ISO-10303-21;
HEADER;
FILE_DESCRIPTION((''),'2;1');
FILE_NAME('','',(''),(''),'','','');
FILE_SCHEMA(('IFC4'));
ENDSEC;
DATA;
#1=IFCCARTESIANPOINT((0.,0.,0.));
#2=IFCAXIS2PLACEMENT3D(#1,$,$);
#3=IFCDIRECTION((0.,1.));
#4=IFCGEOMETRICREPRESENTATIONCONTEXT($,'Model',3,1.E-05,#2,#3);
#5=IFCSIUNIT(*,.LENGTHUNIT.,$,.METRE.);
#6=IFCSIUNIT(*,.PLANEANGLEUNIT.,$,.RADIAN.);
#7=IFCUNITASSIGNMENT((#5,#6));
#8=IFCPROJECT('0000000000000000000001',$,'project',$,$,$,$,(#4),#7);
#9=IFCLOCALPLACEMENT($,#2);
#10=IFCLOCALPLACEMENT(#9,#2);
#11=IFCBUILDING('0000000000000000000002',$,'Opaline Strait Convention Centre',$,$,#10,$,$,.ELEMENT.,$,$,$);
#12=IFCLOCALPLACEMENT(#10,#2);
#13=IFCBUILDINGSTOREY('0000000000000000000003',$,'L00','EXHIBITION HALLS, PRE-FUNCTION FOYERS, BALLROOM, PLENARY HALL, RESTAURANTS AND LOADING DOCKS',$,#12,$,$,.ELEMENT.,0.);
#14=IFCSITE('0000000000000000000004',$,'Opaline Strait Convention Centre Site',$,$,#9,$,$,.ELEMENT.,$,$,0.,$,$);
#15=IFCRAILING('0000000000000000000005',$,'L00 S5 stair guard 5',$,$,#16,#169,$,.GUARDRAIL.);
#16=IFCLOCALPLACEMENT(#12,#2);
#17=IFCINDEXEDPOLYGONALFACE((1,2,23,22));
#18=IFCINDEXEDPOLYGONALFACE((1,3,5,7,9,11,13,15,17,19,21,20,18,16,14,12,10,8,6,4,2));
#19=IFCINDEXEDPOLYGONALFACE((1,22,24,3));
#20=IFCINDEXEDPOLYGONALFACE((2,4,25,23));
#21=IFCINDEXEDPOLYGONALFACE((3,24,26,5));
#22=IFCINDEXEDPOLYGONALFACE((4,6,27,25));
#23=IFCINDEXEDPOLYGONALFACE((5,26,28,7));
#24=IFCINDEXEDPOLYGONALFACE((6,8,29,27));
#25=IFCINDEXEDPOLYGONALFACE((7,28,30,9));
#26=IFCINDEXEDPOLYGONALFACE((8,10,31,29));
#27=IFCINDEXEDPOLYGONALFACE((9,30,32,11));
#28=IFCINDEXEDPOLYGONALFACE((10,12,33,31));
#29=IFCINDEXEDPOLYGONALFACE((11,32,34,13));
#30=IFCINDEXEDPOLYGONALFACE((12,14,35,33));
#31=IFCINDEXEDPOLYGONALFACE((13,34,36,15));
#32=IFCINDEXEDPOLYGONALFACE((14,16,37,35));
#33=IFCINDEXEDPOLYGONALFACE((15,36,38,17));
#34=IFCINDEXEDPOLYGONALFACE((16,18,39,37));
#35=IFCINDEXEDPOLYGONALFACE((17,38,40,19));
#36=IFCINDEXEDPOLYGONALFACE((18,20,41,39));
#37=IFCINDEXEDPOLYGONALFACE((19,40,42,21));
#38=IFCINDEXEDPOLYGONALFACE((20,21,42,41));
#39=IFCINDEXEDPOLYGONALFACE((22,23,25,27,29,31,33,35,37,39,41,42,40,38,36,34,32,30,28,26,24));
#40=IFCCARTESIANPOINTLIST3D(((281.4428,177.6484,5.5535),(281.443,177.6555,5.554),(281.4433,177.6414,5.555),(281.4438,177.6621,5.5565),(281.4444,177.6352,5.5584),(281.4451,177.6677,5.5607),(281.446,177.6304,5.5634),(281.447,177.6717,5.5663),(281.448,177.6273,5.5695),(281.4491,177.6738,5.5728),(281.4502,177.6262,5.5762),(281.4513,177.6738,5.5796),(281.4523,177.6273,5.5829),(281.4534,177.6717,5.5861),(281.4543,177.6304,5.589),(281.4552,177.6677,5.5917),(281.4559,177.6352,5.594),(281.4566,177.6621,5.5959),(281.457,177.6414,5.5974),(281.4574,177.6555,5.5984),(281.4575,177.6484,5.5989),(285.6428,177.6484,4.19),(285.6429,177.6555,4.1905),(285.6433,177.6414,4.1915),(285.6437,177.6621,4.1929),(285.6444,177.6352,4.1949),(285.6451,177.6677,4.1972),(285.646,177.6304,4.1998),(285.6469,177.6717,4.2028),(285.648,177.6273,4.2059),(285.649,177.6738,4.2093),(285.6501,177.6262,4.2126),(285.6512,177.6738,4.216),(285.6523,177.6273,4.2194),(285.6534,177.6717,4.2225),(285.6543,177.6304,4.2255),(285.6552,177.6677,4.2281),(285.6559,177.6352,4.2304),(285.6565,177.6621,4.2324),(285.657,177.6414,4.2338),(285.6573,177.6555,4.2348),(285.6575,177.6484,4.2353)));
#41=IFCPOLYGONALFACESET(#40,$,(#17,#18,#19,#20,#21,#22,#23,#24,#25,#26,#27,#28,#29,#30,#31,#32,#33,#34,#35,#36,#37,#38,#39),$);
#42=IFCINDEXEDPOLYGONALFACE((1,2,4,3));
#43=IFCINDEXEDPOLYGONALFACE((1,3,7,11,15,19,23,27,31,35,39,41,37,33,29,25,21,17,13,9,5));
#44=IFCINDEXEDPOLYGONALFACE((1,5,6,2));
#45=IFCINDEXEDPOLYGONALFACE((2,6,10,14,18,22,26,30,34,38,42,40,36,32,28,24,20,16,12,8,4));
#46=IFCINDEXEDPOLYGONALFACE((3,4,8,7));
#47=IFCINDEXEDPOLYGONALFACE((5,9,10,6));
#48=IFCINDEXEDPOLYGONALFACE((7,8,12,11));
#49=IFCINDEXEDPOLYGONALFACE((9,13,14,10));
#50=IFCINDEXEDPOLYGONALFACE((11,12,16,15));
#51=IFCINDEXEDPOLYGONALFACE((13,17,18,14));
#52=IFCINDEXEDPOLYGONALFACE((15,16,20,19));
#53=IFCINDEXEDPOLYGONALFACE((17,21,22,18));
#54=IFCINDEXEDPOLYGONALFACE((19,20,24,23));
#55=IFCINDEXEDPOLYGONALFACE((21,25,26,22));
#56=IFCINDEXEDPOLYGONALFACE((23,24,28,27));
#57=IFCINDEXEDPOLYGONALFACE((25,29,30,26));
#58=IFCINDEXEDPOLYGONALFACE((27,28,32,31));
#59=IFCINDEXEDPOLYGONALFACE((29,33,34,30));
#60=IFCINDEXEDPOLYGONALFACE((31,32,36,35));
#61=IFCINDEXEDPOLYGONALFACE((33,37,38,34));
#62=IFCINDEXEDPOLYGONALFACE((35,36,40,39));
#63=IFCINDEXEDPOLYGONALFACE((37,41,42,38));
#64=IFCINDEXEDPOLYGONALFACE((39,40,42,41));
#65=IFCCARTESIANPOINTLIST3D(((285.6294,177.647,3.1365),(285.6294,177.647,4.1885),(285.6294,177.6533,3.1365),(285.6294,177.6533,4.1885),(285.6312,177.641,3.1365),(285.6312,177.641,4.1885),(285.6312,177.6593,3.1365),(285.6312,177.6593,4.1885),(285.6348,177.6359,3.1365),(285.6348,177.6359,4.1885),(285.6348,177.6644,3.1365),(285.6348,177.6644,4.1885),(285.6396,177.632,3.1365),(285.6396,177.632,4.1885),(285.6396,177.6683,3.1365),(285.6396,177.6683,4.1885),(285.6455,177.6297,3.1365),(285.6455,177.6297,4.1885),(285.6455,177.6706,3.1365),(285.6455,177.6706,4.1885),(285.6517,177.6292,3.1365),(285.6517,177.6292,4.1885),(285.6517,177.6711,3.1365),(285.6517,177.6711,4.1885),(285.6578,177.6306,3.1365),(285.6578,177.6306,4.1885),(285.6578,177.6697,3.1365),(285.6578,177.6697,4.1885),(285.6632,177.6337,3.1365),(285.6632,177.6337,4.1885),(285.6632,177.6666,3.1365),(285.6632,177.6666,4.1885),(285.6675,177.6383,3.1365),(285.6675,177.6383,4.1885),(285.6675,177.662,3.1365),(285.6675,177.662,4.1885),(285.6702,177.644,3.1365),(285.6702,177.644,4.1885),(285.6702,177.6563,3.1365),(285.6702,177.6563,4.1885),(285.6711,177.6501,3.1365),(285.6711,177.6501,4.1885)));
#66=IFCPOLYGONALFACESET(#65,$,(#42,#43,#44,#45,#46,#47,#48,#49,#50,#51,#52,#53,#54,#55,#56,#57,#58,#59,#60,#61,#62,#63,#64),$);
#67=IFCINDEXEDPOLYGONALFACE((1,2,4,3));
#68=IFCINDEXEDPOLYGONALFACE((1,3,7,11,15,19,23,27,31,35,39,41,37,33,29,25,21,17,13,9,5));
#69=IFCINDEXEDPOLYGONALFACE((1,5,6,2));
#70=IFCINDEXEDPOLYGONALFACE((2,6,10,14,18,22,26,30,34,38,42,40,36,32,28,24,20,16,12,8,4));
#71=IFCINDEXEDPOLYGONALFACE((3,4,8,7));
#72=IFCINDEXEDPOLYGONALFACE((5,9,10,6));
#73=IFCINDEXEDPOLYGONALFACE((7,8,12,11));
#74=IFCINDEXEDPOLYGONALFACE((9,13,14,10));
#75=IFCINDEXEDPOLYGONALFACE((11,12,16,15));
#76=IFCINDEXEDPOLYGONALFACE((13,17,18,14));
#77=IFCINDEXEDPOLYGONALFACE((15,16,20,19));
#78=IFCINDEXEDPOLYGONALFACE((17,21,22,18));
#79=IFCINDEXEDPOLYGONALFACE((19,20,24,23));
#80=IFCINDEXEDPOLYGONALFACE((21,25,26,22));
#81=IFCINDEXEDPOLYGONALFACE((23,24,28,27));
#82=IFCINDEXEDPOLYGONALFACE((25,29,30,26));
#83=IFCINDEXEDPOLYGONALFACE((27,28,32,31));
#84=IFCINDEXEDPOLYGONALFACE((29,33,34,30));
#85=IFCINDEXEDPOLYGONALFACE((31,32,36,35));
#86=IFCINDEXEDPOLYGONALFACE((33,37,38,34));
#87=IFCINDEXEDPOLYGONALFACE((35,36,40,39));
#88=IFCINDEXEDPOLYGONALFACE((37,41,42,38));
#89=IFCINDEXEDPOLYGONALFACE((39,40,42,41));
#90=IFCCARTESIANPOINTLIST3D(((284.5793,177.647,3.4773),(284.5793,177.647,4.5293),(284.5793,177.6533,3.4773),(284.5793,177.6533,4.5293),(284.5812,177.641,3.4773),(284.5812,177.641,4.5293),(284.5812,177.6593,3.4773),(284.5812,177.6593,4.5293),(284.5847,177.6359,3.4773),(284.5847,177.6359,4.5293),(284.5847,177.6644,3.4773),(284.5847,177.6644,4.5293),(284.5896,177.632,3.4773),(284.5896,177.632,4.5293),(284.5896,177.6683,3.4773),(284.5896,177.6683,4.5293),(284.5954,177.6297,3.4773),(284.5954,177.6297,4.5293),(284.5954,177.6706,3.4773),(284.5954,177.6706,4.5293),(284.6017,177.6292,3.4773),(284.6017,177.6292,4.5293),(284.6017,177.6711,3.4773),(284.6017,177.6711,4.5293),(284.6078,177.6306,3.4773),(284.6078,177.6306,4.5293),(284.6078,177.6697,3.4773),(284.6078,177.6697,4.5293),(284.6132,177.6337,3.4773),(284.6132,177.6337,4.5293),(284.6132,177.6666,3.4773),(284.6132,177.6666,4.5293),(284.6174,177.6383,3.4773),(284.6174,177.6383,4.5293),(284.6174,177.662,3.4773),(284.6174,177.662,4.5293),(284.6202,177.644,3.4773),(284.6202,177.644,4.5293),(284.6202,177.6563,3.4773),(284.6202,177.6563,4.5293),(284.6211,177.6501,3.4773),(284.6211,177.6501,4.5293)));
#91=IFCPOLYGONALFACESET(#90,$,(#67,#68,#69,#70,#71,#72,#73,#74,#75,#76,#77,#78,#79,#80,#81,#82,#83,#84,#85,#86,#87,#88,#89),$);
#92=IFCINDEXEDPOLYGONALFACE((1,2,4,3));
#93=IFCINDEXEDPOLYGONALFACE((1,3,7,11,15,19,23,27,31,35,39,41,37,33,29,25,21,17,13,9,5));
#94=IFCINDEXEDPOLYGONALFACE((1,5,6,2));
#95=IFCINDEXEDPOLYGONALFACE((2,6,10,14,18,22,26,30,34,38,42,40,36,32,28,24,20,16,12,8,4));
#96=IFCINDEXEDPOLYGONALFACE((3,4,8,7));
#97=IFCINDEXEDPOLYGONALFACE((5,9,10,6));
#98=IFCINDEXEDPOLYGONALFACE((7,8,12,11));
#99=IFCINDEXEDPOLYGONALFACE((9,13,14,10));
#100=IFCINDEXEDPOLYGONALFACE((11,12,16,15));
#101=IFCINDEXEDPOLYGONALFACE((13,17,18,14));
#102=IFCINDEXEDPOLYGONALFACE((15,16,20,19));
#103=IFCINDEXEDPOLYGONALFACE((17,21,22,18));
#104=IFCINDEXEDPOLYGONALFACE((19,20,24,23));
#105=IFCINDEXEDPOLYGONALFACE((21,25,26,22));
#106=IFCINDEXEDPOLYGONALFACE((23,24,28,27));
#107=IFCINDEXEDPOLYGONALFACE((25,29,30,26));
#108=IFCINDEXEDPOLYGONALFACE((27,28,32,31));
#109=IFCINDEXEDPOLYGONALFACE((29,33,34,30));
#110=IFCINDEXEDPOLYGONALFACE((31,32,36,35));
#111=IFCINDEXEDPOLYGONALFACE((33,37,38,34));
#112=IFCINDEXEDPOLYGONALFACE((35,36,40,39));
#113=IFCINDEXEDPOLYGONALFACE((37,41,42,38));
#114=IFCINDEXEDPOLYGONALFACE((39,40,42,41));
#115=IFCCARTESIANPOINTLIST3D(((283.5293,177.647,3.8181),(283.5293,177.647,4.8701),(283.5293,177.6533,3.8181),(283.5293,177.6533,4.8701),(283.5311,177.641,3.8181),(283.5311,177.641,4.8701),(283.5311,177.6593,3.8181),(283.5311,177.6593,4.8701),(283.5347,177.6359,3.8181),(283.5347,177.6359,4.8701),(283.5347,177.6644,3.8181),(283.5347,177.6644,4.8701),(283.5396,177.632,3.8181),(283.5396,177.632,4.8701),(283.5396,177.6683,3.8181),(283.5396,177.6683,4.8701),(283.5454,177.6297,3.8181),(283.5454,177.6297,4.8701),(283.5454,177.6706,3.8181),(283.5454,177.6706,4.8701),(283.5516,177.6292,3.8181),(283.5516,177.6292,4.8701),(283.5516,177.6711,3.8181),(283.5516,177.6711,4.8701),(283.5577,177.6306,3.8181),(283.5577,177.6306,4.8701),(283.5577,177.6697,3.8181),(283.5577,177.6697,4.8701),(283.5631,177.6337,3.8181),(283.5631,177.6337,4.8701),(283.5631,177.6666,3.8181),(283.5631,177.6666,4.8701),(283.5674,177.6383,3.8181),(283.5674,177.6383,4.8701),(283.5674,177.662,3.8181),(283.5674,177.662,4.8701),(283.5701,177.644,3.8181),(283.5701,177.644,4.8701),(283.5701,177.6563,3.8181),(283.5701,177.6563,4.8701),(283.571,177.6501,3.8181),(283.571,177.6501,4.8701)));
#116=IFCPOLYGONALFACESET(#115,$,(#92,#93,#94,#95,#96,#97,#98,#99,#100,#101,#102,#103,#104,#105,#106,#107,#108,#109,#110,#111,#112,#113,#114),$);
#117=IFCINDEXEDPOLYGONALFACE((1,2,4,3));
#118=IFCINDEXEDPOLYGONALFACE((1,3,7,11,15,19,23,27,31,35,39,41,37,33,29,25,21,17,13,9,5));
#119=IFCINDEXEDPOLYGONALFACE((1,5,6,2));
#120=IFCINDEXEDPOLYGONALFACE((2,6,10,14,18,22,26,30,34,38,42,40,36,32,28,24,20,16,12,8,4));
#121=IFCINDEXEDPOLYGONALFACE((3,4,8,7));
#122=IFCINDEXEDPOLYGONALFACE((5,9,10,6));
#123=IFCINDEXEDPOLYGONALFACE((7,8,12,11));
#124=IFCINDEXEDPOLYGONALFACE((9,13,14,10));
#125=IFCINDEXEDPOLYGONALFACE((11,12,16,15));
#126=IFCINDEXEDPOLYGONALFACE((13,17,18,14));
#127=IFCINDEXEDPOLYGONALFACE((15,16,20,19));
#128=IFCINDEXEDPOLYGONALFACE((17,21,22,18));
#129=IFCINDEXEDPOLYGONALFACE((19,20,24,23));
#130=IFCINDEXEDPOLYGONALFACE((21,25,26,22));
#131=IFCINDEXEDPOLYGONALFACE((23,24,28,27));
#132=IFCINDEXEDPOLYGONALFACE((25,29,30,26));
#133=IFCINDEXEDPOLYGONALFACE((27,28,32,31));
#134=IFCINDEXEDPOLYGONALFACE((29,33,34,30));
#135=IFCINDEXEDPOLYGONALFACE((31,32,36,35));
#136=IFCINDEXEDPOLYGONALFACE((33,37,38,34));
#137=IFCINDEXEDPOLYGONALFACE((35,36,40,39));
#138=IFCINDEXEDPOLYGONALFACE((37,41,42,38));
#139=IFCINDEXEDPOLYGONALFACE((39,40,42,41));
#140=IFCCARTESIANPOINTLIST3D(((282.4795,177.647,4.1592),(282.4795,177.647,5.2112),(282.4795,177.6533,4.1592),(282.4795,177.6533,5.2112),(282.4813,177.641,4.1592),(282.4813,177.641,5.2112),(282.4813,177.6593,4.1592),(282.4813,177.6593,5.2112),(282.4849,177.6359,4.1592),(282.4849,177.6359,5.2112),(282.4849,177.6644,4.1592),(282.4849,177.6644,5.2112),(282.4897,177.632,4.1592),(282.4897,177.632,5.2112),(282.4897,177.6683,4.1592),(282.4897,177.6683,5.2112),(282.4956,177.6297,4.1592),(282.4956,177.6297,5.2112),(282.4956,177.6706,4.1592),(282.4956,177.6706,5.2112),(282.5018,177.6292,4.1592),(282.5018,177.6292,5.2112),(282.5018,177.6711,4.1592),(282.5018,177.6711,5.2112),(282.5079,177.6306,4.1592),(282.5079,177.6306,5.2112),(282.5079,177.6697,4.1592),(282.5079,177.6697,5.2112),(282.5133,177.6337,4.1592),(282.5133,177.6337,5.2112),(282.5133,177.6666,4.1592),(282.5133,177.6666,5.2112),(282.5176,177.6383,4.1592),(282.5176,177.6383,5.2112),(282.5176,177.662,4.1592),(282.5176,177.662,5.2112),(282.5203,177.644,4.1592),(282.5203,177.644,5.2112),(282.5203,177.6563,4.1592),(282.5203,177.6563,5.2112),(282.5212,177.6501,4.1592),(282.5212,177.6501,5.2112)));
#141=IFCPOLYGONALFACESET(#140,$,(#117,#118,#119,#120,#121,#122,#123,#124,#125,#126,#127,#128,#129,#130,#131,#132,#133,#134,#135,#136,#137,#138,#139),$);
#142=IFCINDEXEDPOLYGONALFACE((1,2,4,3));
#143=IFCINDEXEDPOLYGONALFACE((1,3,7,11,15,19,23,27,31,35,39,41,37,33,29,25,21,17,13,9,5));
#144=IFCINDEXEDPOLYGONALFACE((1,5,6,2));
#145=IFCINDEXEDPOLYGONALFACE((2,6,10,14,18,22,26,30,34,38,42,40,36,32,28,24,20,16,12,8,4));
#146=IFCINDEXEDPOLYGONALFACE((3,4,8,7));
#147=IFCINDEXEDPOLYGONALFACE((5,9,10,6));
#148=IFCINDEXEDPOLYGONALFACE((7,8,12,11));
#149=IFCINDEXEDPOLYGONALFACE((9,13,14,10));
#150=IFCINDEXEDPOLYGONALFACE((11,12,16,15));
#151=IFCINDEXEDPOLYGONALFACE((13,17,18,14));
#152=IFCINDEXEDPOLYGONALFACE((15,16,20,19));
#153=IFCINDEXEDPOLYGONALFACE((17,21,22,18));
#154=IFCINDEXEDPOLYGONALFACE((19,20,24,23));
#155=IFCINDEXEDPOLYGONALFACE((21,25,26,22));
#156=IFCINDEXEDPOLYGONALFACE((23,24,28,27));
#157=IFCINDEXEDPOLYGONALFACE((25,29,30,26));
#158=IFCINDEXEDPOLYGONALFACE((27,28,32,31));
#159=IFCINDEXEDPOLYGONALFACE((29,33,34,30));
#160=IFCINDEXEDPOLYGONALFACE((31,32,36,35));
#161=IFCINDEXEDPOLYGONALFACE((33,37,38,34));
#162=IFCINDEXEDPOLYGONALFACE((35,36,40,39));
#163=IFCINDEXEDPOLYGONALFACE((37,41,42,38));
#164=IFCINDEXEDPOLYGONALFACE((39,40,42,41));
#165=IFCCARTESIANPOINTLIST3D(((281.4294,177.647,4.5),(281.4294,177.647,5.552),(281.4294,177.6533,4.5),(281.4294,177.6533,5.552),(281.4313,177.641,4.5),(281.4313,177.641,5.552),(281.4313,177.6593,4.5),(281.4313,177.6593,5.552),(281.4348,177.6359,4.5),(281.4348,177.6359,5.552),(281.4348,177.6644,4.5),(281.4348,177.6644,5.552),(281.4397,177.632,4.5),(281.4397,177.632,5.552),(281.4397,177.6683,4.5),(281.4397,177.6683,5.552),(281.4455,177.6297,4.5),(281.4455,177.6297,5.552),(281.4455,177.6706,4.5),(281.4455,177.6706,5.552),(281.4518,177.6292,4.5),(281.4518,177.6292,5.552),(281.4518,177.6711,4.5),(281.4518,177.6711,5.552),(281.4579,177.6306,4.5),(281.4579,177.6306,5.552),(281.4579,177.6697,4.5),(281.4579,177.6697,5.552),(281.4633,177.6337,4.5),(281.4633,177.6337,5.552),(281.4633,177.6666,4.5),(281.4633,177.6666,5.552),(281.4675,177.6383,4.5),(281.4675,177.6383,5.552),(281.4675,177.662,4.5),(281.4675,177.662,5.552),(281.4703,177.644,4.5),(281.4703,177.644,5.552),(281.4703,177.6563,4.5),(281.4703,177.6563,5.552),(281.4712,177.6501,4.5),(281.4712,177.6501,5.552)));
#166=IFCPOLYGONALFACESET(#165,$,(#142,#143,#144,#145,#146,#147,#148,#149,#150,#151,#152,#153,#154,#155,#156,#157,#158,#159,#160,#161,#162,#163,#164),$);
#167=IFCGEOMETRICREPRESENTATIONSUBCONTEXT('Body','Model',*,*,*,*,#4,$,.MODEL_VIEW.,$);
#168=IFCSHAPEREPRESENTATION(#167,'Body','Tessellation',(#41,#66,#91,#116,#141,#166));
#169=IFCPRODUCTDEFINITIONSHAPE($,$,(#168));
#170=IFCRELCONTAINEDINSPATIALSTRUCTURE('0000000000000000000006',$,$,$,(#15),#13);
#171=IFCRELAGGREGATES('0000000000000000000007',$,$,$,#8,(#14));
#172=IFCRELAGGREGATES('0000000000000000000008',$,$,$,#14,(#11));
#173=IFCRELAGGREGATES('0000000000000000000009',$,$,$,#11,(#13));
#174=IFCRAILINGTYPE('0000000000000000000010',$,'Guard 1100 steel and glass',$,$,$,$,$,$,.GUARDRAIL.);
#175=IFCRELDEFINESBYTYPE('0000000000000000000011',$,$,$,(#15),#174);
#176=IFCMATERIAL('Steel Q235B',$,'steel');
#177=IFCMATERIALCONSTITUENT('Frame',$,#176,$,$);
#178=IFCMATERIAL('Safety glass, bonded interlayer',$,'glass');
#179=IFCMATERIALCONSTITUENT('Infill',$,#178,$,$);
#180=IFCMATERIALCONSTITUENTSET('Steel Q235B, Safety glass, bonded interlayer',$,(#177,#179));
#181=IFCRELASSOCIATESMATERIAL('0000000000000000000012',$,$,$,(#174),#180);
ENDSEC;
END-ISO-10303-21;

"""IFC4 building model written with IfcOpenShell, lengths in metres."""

from ifc_helpers import new_model, si_unit, direction, frame, origin, origin_2d, place, context, subcontext, project, spatial, circle, extrude, material, constituent, constituent_set, type_object, element, save


model = new_model("IFC4")

# Units and contexts
model_context = context("Model", 3, precision=1e-05, world=origin(), true_north=direction((0.0, 1.0)))
body_context = subcontext(model_context, "Body", "Model", "MODEL_VIEW")
ifc_project = project(units=[si_unit("LENGTHUNIT", "METRE"), si_unit("PLANEANGLEUNIT", "RADIAN")], contexts=[model_context])

# Site, building, storey
site_placement = place(None, origin())
site = spatial("IfcSite", under=ifc_project, at=site_placement, Name="Opaline Strait Convention Centre Site", CompositionType="ELEMENT", RefElevation=0.0)
building_placement = place(site_placement, origin())
building = spatial("IfcBuilding", under=site, at=building_placement, Name="Opaline Strait Convention Centre", CompositionType="ELEMENT")
storey_placement = place(building_placement, origin())
storey = spatial("IfcBuildingStorey", under=building, at=storey_placement, Name="L00", Description="EXHIBITION HALLS, PRE-FUNCTION FOYERS, BALLROOM, PLENARY HALL, RESTAURANTS AND LOADING DOCKS", CompositionType="ELEMENT", Elevation=0.0)

# Railing
ifc_material_1 = material(Name="Steel Q235B", Category="steel")
ifc_constituent_1 = constituent(ifc_material_1, Name="Frame")
ifc_material_2 = material(Name="Safety glass, bonded interlayer", Category="glass")
ifc_constituent_2 = constituent(ifc_material_2, Name="Infill")
ifc_constituent_set = constituent_set(constituents=[ifc_constituent_1, ifc_constituent_2], Name="Steel Q235B, Safety glass, bonded interlayer")
railing_type_1 = type_object("IfcRailingType", Name="Guard 1100 steel and glass", PredefinedType="GUARDRAIL", material=ifc_constituent_set)
railing_1_placement = place(storey_placement, frame((285.6501, 177.6501, 3.1365)))
element("IfcRailing", 1, at=railing_1_placement, inside=storey, type_object=railing_type_1, Name="L00 S5 stair guard 5", PredefinedType="GUARDRAIL", context=body_context, shape_type="SweptSolid", body=[
    extrude(circle(Radius=0.0239, at=origin_2d()), frame((0.0, 0.0, 1.0762), z_axis=(-0.951131, 0.0, 0.308787), x_axis=(0.0, -1.0, 0.0)), (0.0, 0.0, 1.0), 4.4158),
    extrude(circle(Radius=0.021, at=origin_2d()), origin(), (0.0, 0.0, 1.0), 1.052),
    extrude(circle(Radius=0.021, at=origin_2d()), frame((-1.05, 0.0, 0.3408)), (0.0, 0.0, 1.0), 1.052),
    extrude(circle(Radius=0.021, at=origin_2d()), frame((-2.1001, 0.0, 0.6816)), (0.0, 0.0, 1.0), 1.052),
    extrude(circle(Radius=0.021, at=origin_2d()), frame((-3.1499, 0.0, 1.0227)), (0.0, 0.0, 1.0), 1.052),
    extrude(circle(Radius=0.021, at=origin_2d()), frame((-4.2, 0.0, 1.3635)), (0.0, 0.0, 1.0), 1.052),
])

save(model, "model.ifc")
